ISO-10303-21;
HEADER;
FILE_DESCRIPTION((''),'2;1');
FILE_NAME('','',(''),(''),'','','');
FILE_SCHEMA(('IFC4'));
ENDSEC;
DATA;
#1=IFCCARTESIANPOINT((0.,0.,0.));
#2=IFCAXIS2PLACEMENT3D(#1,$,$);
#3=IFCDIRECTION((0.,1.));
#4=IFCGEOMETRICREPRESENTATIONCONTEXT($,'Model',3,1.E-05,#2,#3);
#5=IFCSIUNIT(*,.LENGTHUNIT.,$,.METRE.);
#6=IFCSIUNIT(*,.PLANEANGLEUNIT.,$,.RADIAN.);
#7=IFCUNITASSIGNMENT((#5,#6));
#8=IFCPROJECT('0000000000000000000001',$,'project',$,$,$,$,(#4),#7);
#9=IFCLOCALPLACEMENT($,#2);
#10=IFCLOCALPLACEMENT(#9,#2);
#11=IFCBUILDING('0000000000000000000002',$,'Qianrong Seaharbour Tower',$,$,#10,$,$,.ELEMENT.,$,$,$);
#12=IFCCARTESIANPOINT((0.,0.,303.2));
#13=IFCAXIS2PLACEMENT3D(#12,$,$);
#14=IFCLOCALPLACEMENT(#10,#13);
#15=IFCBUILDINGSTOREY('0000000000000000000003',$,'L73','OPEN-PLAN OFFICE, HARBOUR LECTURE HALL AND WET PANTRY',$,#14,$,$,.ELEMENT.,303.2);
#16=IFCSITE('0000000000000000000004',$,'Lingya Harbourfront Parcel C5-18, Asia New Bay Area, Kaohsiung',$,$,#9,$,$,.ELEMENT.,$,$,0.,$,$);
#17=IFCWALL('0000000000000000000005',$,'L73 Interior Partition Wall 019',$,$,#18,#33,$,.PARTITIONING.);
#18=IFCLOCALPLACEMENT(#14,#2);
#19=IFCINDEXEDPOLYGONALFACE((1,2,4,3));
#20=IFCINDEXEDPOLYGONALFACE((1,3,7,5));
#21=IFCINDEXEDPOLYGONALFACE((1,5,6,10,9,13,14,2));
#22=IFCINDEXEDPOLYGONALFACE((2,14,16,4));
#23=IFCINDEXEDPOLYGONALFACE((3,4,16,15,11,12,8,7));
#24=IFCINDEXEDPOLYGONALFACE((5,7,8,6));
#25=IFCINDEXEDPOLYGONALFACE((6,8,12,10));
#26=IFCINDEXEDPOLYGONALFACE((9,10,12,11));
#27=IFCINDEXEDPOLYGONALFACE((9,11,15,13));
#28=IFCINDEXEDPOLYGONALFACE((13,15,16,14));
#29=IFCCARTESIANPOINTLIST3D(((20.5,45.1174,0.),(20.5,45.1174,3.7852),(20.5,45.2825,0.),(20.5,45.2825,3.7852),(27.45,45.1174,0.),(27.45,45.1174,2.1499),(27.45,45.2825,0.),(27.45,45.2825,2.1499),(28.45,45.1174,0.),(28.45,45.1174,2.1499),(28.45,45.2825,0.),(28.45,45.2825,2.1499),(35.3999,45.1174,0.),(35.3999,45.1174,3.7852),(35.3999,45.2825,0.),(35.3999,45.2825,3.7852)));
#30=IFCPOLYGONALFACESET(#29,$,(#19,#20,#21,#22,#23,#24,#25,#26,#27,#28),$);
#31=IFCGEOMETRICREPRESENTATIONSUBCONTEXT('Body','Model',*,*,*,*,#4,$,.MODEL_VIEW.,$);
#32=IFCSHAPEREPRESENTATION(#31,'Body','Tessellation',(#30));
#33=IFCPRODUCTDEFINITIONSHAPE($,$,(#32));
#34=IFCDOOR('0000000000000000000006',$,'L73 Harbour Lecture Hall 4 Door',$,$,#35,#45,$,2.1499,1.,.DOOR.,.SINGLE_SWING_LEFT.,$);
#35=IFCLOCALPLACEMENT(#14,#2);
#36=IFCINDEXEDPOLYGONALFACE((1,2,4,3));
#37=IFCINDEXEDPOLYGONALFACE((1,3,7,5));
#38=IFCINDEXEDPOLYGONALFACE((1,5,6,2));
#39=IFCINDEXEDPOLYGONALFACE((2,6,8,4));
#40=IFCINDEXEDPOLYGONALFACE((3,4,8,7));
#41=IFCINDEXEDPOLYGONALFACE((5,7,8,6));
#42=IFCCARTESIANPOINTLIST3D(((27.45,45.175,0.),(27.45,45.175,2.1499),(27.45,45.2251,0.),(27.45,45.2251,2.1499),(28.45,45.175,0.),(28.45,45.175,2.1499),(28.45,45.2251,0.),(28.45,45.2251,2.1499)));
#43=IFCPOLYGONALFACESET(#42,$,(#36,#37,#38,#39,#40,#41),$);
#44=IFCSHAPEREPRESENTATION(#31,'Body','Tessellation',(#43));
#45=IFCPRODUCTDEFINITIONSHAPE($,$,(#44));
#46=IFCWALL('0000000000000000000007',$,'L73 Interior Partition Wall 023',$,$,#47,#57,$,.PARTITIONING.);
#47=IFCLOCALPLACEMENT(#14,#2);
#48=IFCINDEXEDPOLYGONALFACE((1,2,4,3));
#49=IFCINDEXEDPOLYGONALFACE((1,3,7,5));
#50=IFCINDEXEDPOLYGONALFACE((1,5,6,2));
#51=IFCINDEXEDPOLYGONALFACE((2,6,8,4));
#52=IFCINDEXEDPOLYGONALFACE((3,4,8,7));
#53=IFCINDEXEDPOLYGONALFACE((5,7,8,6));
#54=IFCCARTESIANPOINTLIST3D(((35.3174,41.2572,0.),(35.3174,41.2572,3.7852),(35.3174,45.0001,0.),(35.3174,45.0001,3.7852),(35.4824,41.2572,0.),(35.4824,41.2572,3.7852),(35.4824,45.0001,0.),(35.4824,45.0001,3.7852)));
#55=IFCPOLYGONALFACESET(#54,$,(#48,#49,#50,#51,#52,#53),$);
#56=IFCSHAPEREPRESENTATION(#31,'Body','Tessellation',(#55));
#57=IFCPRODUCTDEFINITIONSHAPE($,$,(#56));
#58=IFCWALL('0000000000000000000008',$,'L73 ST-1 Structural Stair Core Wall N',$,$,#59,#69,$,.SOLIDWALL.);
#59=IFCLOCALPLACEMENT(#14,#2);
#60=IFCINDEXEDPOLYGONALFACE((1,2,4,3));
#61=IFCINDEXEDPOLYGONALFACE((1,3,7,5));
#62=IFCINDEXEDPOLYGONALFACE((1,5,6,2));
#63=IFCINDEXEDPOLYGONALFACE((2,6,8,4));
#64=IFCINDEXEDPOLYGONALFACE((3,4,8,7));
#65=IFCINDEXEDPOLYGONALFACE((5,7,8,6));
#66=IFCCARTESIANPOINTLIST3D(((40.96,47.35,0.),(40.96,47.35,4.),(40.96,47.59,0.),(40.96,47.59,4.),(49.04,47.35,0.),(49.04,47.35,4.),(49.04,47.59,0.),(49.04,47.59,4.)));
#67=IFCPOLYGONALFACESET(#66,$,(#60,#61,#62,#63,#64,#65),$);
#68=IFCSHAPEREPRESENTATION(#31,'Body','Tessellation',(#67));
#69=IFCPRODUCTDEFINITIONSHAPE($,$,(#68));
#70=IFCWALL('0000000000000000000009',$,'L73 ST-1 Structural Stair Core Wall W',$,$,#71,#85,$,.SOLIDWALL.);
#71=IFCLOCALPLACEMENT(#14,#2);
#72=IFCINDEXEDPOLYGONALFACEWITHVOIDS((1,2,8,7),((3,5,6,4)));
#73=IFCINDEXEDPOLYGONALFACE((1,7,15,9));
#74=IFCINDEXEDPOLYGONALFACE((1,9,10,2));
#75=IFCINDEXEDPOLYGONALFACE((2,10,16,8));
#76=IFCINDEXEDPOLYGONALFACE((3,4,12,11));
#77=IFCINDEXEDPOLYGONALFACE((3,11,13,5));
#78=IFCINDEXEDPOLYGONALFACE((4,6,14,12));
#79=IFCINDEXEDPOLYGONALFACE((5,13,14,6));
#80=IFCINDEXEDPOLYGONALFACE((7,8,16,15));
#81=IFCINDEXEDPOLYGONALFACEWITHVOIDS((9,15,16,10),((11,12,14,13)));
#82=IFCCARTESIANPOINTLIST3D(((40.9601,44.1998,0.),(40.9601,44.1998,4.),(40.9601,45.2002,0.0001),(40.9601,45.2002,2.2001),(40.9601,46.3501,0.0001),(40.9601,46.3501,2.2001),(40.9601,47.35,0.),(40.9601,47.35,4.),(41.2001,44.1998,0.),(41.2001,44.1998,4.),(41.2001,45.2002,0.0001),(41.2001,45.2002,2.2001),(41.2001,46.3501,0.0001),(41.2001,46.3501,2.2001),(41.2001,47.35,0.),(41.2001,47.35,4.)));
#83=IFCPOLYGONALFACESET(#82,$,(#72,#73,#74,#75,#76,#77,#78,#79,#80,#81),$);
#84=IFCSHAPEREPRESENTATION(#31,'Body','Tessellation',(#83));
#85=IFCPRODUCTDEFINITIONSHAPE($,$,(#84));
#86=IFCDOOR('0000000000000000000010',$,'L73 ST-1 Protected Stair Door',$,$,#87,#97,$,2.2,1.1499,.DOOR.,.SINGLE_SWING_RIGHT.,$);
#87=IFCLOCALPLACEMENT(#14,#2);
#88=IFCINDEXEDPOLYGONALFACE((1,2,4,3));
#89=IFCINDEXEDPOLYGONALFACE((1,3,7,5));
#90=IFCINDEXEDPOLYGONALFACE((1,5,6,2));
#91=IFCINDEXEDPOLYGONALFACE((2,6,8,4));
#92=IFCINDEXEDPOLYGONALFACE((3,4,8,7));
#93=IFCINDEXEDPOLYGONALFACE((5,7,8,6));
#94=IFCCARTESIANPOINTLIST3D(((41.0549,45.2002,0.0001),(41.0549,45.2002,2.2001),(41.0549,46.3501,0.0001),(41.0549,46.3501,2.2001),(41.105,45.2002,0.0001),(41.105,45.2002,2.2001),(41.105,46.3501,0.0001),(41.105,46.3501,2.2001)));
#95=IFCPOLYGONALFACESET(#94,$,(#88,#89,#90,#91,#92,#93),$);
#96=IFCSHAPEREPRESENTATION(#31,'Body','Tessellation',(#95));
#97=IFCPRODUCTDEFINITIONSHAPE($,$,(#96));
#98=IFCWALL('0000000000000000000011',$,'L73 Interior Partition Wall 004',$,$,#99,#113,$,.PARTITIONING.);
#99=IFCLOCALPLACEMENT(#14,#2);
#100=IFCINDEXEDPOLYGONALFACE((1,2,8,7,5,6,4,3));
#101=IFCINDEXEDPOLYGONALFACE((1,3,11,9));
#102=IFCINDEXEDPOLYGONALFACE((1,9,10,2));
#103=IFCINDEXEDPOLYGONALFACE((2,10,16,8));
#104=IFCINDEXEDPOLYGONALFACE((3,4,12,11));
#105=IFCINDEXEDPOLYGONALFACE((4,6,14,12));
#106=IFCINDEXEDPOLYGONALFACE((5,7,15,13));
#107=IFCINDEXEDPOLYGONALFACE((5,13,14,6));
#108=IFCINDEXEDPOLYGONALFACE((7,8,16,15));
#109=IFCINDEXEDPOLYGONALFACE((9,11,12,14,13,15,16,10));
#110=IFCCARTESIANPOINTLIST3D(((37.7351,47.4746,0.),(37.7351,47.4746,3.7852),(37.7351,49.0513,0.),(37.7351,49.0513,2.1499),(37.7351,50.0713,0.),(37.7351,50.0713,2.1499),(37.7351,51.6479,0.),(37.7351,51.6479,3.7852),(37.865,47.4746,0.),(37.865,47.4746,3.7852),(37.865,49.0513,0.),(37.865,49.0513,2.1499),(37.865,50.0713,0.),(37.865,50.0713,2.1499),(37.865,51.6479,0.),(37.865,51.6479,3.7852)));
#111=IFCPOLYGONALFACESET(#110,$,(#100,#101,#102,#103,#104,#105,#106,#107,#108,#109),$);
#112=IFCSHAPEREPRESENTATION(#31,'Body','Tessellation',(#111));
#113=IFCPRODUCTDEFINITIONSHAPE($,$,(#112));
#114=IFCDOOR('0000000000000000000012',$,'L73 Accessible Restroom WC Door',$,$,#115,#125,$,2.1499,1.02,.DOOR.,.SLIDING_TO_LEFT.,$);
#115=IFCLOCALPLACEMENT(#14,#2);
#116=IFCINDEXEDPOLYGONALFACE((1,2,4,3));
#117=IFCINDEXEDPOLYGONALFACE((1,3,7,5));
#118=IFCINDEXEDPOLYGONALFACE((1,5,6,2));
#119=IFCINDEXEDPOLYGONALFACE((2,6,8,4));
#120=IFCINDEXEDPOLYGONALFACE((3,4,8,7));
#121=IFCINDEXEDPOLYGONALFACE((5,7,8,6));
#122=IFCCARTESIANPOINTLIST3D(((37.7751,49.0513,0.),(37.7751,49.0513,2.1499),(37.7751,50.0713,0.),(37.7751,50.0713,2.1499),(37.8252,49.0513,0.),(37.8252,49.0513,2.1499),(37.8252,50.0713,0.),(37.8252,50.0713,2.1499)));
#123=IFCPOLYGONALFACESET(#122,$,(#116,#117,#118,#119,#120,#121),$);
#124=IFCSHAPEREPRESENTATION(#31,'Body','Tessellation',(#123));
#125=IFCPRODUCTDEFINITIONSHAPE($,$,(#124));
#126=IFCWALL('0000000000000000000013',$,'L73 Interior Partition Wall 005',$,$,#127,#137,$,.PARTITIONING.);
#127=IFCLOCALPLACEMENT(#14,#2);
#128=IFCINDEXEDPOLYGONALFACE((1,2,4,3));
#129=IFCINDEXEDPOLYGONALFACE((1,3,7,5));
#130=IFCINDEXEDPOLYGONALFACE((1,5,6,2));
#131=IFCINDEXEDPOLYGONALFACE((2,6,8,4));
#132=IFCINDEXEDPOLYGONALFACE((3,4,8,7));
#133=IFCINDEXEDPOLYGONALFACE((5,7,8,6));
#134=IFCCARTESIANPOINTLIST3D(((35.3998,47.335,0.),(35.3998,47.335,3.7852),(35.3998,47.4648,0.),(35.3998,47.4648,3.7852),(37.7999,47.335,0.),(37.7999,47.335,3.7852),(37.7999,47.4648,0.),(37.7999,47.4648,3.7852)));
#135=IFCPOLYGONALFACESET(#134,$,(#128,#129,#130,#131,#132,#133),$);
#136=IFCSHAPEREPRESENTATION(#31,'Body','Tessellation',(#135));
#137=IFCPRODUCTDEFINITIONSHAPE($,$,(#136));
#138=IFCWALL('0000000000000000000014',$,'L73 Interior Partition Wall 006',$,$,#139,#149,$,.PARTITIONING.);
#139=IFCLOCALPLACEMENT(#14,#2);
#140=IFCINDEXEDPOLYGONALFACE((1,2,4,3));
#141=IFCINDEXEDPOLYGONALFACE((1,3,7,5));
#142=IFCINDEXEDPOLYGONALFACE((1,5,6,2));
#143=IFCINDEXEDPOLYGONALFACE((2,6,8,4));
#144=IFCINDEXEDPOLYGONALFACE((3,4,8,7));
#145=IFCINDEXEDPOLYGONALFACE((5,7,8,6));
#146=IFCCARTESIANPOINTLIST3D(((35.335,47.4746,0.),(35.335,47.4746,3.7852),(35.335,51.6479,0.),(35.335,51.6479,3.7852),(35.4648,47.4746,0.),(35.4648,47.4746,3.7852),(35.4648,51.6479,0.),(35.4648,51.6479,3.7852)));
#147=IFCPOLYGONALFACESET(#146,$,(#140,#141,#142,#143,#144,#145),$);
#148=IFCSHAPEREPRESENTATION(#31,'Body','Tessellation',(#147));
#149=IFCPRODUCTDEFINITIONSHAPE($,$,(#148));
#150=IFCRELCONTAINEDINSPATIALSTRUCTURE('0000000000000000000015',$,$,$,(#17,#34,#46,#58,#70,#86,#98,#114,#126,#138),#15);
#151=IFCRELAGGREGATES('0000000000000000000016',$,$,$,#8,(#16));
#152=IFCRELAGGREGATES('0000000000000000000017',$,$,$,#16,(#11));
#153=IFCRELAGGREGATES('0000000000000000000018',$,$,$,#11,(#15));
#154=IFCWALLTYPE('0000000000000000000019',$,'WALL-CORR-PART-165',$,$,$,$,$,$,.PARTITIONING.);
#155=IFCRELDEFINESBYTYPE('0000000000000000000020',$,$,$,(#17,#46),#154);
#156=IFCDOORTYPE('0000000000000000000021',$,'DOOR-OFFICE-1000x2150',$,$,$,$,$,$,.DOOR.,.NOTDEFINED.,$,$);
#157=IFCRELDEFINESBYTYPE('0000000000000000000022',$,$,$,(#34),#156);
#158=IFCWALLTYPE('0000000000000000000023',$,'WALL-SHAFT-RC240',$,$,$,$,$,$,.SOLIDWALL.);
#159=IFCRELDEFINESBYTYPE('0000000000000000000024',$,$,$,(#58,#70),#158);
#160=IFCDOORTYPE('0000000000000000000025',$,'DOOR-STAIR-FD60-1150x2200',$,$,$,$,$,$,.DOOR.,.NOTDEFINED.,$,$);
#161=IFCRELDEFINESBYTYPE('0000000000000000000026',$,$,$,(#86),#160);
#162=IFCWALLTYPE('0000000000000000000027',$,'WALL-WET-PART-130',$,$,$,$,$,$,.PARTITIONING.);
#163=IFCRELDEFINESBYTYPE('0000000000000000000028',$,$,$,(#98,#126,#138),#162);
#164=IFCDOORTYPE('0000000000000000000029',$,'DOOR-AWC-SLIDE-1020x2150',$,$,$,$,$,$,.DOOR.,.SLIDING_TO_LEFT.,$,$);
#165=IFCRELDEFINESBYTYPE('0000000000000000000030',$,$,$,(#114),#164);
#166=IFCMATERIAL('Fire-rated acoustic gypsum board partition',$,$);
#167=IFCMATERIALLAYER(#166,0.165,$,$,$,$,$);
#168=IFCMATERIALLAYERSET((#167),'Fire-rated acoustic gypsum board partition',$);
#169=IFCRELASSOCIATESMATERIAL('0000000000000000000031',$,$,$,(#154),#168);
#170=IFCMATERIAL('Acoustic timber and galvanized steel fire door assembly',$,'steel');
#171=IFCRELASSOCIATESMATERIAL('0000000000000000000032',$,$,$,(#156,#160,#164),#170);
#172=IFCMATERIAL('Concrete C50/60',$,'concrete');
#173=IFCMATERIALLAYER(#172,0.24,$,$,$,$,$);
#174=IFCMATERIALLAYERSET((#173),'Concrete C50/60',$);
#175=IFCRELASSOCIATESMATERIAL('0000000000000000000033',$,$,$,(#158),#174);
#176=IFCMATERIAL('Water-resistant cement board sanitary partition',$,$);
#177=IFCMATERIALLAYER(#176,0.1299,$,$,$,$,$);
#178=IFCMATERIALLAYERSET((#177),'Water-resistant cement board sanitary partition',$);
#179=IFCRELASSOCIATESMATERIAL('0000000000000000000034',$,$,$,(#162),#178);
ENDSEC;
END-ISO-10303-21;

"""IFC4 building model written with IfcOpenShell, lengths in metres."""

from ifc_helpers import new_model, si_unit, direction, frame, frame_2d, origin, place, context, subcontext, project, spatial, rectangle, extrude, material, layer, layer_set, type_object, element, fill, save


model = new_model("IFC4")

# Units and contexts
model_context = context("Model", 3, precision=1e-05, world=origin(), true_north=direction((0.0, 1.0)))
body_context = subcontext(model_context, "Body", "Model", "MODEL_VIEW")
ifc_project = project(units=[si_unit("LENGTHUNIT", "METRE"), si_unit("PLANEANGLEUNIT", "RADIAN")], contexts=[model_context])

# Site, building, storey
site_placement = place(None, origin())
site = spatial("IfcSite", under=ifc_project, at=site_placement, Name="Lingya Harbourfront Parcel C5-18, Asia New Bay Area, Kaohsiung", CompositionType="ELEMENT", RefElevation=0.0)
building_placement = place(site_placement, origin())
building = spatial("IfcBuilding", under=site, at=building_placement, Name="Qianrong Seaharbour Tower", CompositionType="ELEMENT")
storey_placement = place(building_placement, frame((0.0, 0.0, 303.2)))
storey = spatial("IfcBuildingStorey", under=building, at=storey_placement, Name="L73", Description="OPEN-PLAN OFFICE, HARBOUR LECTURE HALL AND WET PANTRY", CompositionType="ELEMENT", Elevation=303.2)

# Shared definitions
ifc_material_1 = material(Name="Concrete C50/60", Category="concrete")

# Shared definitions
ifc_material_2 = material(Name="Fire-rated acoustic gypsum board partition")
ifc_layer_1 = layer(ifc_material_2, 0.165)
ifc_layer_set_1 = layer_set([ifc_layer_1], Name="Fire-rated acoustic gypsum board partition")
wall_type_1 = type_object("IfcWallType", Name="WALL-CORR-PART-165", PredefinedType="PARTITIONING", material=ifc_layer_set_1)
ifc_material_3 = material(Name="Acoustic timber and galvanized steel fire door assembly", Category="steel")

# Wall, opening, door
wall_1_placement = place(storey_placement, frame((35.3999, 45.2, 0.0), z_axis=(0.0, 0.0, 1.0), x_axis=(-1.0, 0.0, 0.0)))
wall_1 = element("IfcWall", 1, at=wall_1_placement, inside=storey, type_object=wall_type_1, Name="L73 Interior Partition Wall 019", PredefinedType="PARTITIONING", context=body_context, shape_type="SweptSolid", body=[
    extrude(rectangle(XDim=14.8999, YDim=0.165, at=frame_2d((7.45, 0.0))), origin(), (0.0, 0.0, 1.0), 3.7852),
])
opening_1_placement = place(wall_1_placement, frame((6.95, 0.0, 0.0)))
opening_1 = element("IfcOpeningElement", 2, at=opening_1_placement, cuts=wall_1, PredefinedType="OPENING", context=body_context, shape_type="SweptSolid", body=[
    extrude(rectangle(XDim=1.0, YDim=2.1499, at=frame_2d((0.5, 1.075))), frame((0.0, 0.0925, 0.0), z_axis=(0.0, -1.0, 0.0), x_axis=(1.0, 0.0, 0.0)), (0.0, 0.0, 1.0), 0.1851),
])
door_type_1 = type_object("IfcDoorType", Name="DOOR-OFFICE-1000x2150", OperationType="NOTDEFINED", PredefinedType="DOOR", material=ifc_material_3)
door_1_placement = place(opening_1_placement, origin())
door_1 = element("IfcDoor", 3, at=door_1_placement, inside=storey, type_object=door_type_1, Name="L73 Harbour Lecture Hall 4 Door", OperationType="SINGLE_SWING_LEFT", OverallHeight=2.1499, OverallWidth=1.0, PredefinedType="DOOR", context=body_context, shape_type="SweptSolid", body=[
    extrude(rectangle(XDim=1.0, YDim=2.1499, at=frame_2d((0.5, 1.075))), frame((0.0, 0.0249, 0.0), z_axis=(0.0, -1.0, 0.0), x_axis=(1.0, 0.0, 0.0)), (0.0, 0.0, 1.0), 0.05),
])
fill(opening_1, door_1)

# Walls
wall_2_placement = place(storey_placement, frame((35.3999, 41.2571, 0.0), z_axis=(0.0, 0.0, 1.0), x_axis=(0.0, 1.0, 0.0)))
element("IfcWall", 4, at=wall_2_placement, inside=storey, type_object=wall_type_1, Name="L73 Interior Partition Wall 023", PredefinedType="PARTITIONING", context=body_context, shape_type="SweptSolid", body=[
    extrude(rectangle(XDim=3.7429, YDim=0.165, at=frame_2d((1.8716, 0.0))), origin(), (0.0, 0.0, 1.0), 3.7852),
])
ifc_layer_2 = layer(ifc_material_1, 0.24)
ifc_layer_set_2 = layer_set([ifc_layer_2], Name="Concrete C50/60")
wall_type_2 = type_object("IfcWallType", Name="WALL-SHAFT-RC240", PredefinedType="SOLIDWALL", material=ifc_layer_set_2)
wall_3_placement = place(storey_placement, frame((40.96, 47.47, 0.0), z_axis=(0.0, 0.0, 1.0), x_axis=(1.0, 0.0, 0.0)))
element("IfcWall", 5, at=wall_3_placement, inside=storey, type_object=wall_type_2, Name="L73 ST-1 Structural Stair Core Wall N", PredefinedType="SOLIDWALL", context=body_context, shape_type="SweptSolid", body=[
    extrude(rectangle(XDim=8.0801, YDim=0.24, at=frame_2d((4.04, 0.0))), origin(), (0.0, 0.0, 1.0), 4.0),
])

# Walls, openings, doors
wall_4_placement = place(storey_placement, frame((41.0801, 47.3501, 0.0), z_axis=(0.0, 0.0, 1.0), x_axis=(0.0, -1.0, 0.0)))
wall_4 = element("IfcWall", 6, at=wall_4_placement, inside=storey, type_object=wall_type_2, Name="L73 ST-1 Structural Stair Core Wall W", PredefinedType="SOLIDWALL", context=body_context, shape_type="SweptSolid", body=[
    extrude(rectangle(XDim=3.1501, YDim=0.24, at=frame_2d((1.5752, 0.0))), origin(), (0.0, 0.0, 1.0), 4.0),
])
opening_2_placement = place(wall_4_placement, frame((1.0, 0.0, 0.0)))
opening_2 = element("IfcOpeningElement", 7, at=opening_2_placement, cuts=wall_4, PredefinedType="OPENING", context=body_context, shape_type="SweptSolid", body=[
    extrude(rectangle(XDim=1.1499, YDim=2.2, at=frame_2d((0.575, 1.1001))), frame((0.0, 0.1299, 0.0), z_axis=(0.0, -1.0, 0.0), x_axis=(1.0, 0.0, 0.0)), (0.0, 0.0, 1.0), 0.26),
])
door_type_2 = type_object("IfcDoorType", Name="DOOR-STAIR-FD60-1150x2200", OperationType="NOTDEFINED", PredefinedType="DOOR", material=ifc_material_3)
door_2_placement = place(opening_2_placement, origin())
door_2 = element("IfcDoor", 8, at=door_2_placement, inside=storey, type_object=door_type_2, Name="L73 ST-1 Protected Stair Door", OperationType="SINGLE_SWING_RIGHT", OverallHeight=2.2, OverallWidth=1.1499, PredefinedType="DOOR", context=body_context, shape_type="SweptSolid", body=[
    extrude(rectangle(XDim=1.1499, YDim=2.2, at=frame_2d((0.575, 1.1001))), frame((0.0, 0.0249, 0.0), z_axis=(0.0, -1.0, 0.0), x_axis=(1.0, 0.0, 0.0)), (0.0, 0.0, 1.0), 0.05),
])
fill(opening_2, door_2)
ifc_material_4 = material(Name="Water-resistant cement board sanitary partition")
ifc_layer_3 = layer(ifc_material_4, 0.1299)
ifc_layer_set_3 = layer_set([ifc_layer_3], Name="Water-resistant cement board sanitary partition")
wall_type_3 = type_object("IfcWallType", Name="WALL-WET-PART-130", PredefinedType="PARTITIONING", material=ifc_layer_set_3)
wall_5_placement = place(storey_placement, frame((37.8, 47.4746, 0.0), z_axis=(0.0, 0.0, 1.0), x_axis=(0.0, 1.0, 0.0)))
wall_5 = element("IfcWall", 9, at=wall_5_placement, inside=storey, type_object=wall_type_3, Name="L73 Interior Partition Wall 004", PredefinedType="PARTITIONING", context=body_context, shape_type="SweptSolid", body=[
    extrude(rectangle(XDim=4.1733, YDim=0.1299, at=frame_2d((2.0867, 0.0))), origin(), (0.0, 0.0, 1.0), 3.7852),
])
opening_3_placement = place(wall_5_placement, frame((1.5767, 0.0, 0.0)))
opening_3 = element("IfcOpeningElement", 10, at=opening_3_placement, cuts=wall_5, PredefinedType="OPENING", context=body_context, shape_type="SweptSolid", body=[
    extrude(rectangle(XDim=1.02, YDim=2.1499, at=frame_2d((0.51, 1.075))), frame((0.0, 0.075, 0.0), z_axis=(0.0, -1.0, 0.0), x_axis=(1.0, 0.0, 0.0)), (0.0, 0.0, 1.0), 0.1499),
])
door_type_3 = type_object("IfcDoorType", Name="DOOR-AWC-SLIDE-1020x2150", OperationType="SLIDING_TO_LEFT", PredefinedType="DOOR", material=ifc_material_3)
door_3_placement = place(opening_3_placement, origin())
door_3 = element("IfcDoor", 11, at=door_3_placement, inside=storey, type_object=door_type_3, Name="L73 Accessible Restroom WC Door", OperationType="SLIDING_TO_LEFT", OverallHeight=2.1499, OverallWidth=1.02, PredefinedType="DOOR", context=body_context, shape_type="SweptSolid", body=[
    extrude(rectangle(XDim=1.02, YDim=2.1499, at=frame_2d((0.51, 1.075))), frame((0.0, 0.0249, 0.0), z_axis=(0.0, -1.0, 0.0), x_axis=(1.0, 0.0, 0.0)), (0.0, 0.0, 1.0), 0.05),
])
fill(opening_3, door_3)

# Walls
wall_6_placement = place(storey_placement, frame((37.8, 47.3999, 0.0), z_axis=(0.0, 0.0, 1.0), x_axis=(-1.0, 0.0, 0.0)))
element("IfcWall", 12, at=wall_6_placement, inside=storey, type_object=wall_type_3, Name="L73 Interior Partition Wall 005", PredefinedType="PARTITIONING", context=body_context, shape_type="SweptSolid", body=[
    extrude(rectangle(XDim=2.4001, YDim=0.1299, at=frame_2d((1.2002, 0.0))), origin(), (0.0, 0.0, 1.0), 3.7852),
])
wall_7_placement = place(storey_placement, frame((35.3999, 47.4746, 0.0), z_axis=(0.0, 0.0, 1.0), x_axis=(0.0, 1.0, 0.0)))
element("IfcWall", 13, at=wall_7_placement, inside=storey, type_object=wall_type_3, Name="L73 Interior Partition Wall 006", PredefinedType="PARTITIONING", context=body_context, shape_type="SweptSolid", body=[
    extrude(rectangle(XDim=4.1733, YDim=0.1299, at=frame_2d((2.0867, 0.0))), origin(), (0.0, 0.0, 1.0), 3.7852),
])

save(model, "model.ifc")
